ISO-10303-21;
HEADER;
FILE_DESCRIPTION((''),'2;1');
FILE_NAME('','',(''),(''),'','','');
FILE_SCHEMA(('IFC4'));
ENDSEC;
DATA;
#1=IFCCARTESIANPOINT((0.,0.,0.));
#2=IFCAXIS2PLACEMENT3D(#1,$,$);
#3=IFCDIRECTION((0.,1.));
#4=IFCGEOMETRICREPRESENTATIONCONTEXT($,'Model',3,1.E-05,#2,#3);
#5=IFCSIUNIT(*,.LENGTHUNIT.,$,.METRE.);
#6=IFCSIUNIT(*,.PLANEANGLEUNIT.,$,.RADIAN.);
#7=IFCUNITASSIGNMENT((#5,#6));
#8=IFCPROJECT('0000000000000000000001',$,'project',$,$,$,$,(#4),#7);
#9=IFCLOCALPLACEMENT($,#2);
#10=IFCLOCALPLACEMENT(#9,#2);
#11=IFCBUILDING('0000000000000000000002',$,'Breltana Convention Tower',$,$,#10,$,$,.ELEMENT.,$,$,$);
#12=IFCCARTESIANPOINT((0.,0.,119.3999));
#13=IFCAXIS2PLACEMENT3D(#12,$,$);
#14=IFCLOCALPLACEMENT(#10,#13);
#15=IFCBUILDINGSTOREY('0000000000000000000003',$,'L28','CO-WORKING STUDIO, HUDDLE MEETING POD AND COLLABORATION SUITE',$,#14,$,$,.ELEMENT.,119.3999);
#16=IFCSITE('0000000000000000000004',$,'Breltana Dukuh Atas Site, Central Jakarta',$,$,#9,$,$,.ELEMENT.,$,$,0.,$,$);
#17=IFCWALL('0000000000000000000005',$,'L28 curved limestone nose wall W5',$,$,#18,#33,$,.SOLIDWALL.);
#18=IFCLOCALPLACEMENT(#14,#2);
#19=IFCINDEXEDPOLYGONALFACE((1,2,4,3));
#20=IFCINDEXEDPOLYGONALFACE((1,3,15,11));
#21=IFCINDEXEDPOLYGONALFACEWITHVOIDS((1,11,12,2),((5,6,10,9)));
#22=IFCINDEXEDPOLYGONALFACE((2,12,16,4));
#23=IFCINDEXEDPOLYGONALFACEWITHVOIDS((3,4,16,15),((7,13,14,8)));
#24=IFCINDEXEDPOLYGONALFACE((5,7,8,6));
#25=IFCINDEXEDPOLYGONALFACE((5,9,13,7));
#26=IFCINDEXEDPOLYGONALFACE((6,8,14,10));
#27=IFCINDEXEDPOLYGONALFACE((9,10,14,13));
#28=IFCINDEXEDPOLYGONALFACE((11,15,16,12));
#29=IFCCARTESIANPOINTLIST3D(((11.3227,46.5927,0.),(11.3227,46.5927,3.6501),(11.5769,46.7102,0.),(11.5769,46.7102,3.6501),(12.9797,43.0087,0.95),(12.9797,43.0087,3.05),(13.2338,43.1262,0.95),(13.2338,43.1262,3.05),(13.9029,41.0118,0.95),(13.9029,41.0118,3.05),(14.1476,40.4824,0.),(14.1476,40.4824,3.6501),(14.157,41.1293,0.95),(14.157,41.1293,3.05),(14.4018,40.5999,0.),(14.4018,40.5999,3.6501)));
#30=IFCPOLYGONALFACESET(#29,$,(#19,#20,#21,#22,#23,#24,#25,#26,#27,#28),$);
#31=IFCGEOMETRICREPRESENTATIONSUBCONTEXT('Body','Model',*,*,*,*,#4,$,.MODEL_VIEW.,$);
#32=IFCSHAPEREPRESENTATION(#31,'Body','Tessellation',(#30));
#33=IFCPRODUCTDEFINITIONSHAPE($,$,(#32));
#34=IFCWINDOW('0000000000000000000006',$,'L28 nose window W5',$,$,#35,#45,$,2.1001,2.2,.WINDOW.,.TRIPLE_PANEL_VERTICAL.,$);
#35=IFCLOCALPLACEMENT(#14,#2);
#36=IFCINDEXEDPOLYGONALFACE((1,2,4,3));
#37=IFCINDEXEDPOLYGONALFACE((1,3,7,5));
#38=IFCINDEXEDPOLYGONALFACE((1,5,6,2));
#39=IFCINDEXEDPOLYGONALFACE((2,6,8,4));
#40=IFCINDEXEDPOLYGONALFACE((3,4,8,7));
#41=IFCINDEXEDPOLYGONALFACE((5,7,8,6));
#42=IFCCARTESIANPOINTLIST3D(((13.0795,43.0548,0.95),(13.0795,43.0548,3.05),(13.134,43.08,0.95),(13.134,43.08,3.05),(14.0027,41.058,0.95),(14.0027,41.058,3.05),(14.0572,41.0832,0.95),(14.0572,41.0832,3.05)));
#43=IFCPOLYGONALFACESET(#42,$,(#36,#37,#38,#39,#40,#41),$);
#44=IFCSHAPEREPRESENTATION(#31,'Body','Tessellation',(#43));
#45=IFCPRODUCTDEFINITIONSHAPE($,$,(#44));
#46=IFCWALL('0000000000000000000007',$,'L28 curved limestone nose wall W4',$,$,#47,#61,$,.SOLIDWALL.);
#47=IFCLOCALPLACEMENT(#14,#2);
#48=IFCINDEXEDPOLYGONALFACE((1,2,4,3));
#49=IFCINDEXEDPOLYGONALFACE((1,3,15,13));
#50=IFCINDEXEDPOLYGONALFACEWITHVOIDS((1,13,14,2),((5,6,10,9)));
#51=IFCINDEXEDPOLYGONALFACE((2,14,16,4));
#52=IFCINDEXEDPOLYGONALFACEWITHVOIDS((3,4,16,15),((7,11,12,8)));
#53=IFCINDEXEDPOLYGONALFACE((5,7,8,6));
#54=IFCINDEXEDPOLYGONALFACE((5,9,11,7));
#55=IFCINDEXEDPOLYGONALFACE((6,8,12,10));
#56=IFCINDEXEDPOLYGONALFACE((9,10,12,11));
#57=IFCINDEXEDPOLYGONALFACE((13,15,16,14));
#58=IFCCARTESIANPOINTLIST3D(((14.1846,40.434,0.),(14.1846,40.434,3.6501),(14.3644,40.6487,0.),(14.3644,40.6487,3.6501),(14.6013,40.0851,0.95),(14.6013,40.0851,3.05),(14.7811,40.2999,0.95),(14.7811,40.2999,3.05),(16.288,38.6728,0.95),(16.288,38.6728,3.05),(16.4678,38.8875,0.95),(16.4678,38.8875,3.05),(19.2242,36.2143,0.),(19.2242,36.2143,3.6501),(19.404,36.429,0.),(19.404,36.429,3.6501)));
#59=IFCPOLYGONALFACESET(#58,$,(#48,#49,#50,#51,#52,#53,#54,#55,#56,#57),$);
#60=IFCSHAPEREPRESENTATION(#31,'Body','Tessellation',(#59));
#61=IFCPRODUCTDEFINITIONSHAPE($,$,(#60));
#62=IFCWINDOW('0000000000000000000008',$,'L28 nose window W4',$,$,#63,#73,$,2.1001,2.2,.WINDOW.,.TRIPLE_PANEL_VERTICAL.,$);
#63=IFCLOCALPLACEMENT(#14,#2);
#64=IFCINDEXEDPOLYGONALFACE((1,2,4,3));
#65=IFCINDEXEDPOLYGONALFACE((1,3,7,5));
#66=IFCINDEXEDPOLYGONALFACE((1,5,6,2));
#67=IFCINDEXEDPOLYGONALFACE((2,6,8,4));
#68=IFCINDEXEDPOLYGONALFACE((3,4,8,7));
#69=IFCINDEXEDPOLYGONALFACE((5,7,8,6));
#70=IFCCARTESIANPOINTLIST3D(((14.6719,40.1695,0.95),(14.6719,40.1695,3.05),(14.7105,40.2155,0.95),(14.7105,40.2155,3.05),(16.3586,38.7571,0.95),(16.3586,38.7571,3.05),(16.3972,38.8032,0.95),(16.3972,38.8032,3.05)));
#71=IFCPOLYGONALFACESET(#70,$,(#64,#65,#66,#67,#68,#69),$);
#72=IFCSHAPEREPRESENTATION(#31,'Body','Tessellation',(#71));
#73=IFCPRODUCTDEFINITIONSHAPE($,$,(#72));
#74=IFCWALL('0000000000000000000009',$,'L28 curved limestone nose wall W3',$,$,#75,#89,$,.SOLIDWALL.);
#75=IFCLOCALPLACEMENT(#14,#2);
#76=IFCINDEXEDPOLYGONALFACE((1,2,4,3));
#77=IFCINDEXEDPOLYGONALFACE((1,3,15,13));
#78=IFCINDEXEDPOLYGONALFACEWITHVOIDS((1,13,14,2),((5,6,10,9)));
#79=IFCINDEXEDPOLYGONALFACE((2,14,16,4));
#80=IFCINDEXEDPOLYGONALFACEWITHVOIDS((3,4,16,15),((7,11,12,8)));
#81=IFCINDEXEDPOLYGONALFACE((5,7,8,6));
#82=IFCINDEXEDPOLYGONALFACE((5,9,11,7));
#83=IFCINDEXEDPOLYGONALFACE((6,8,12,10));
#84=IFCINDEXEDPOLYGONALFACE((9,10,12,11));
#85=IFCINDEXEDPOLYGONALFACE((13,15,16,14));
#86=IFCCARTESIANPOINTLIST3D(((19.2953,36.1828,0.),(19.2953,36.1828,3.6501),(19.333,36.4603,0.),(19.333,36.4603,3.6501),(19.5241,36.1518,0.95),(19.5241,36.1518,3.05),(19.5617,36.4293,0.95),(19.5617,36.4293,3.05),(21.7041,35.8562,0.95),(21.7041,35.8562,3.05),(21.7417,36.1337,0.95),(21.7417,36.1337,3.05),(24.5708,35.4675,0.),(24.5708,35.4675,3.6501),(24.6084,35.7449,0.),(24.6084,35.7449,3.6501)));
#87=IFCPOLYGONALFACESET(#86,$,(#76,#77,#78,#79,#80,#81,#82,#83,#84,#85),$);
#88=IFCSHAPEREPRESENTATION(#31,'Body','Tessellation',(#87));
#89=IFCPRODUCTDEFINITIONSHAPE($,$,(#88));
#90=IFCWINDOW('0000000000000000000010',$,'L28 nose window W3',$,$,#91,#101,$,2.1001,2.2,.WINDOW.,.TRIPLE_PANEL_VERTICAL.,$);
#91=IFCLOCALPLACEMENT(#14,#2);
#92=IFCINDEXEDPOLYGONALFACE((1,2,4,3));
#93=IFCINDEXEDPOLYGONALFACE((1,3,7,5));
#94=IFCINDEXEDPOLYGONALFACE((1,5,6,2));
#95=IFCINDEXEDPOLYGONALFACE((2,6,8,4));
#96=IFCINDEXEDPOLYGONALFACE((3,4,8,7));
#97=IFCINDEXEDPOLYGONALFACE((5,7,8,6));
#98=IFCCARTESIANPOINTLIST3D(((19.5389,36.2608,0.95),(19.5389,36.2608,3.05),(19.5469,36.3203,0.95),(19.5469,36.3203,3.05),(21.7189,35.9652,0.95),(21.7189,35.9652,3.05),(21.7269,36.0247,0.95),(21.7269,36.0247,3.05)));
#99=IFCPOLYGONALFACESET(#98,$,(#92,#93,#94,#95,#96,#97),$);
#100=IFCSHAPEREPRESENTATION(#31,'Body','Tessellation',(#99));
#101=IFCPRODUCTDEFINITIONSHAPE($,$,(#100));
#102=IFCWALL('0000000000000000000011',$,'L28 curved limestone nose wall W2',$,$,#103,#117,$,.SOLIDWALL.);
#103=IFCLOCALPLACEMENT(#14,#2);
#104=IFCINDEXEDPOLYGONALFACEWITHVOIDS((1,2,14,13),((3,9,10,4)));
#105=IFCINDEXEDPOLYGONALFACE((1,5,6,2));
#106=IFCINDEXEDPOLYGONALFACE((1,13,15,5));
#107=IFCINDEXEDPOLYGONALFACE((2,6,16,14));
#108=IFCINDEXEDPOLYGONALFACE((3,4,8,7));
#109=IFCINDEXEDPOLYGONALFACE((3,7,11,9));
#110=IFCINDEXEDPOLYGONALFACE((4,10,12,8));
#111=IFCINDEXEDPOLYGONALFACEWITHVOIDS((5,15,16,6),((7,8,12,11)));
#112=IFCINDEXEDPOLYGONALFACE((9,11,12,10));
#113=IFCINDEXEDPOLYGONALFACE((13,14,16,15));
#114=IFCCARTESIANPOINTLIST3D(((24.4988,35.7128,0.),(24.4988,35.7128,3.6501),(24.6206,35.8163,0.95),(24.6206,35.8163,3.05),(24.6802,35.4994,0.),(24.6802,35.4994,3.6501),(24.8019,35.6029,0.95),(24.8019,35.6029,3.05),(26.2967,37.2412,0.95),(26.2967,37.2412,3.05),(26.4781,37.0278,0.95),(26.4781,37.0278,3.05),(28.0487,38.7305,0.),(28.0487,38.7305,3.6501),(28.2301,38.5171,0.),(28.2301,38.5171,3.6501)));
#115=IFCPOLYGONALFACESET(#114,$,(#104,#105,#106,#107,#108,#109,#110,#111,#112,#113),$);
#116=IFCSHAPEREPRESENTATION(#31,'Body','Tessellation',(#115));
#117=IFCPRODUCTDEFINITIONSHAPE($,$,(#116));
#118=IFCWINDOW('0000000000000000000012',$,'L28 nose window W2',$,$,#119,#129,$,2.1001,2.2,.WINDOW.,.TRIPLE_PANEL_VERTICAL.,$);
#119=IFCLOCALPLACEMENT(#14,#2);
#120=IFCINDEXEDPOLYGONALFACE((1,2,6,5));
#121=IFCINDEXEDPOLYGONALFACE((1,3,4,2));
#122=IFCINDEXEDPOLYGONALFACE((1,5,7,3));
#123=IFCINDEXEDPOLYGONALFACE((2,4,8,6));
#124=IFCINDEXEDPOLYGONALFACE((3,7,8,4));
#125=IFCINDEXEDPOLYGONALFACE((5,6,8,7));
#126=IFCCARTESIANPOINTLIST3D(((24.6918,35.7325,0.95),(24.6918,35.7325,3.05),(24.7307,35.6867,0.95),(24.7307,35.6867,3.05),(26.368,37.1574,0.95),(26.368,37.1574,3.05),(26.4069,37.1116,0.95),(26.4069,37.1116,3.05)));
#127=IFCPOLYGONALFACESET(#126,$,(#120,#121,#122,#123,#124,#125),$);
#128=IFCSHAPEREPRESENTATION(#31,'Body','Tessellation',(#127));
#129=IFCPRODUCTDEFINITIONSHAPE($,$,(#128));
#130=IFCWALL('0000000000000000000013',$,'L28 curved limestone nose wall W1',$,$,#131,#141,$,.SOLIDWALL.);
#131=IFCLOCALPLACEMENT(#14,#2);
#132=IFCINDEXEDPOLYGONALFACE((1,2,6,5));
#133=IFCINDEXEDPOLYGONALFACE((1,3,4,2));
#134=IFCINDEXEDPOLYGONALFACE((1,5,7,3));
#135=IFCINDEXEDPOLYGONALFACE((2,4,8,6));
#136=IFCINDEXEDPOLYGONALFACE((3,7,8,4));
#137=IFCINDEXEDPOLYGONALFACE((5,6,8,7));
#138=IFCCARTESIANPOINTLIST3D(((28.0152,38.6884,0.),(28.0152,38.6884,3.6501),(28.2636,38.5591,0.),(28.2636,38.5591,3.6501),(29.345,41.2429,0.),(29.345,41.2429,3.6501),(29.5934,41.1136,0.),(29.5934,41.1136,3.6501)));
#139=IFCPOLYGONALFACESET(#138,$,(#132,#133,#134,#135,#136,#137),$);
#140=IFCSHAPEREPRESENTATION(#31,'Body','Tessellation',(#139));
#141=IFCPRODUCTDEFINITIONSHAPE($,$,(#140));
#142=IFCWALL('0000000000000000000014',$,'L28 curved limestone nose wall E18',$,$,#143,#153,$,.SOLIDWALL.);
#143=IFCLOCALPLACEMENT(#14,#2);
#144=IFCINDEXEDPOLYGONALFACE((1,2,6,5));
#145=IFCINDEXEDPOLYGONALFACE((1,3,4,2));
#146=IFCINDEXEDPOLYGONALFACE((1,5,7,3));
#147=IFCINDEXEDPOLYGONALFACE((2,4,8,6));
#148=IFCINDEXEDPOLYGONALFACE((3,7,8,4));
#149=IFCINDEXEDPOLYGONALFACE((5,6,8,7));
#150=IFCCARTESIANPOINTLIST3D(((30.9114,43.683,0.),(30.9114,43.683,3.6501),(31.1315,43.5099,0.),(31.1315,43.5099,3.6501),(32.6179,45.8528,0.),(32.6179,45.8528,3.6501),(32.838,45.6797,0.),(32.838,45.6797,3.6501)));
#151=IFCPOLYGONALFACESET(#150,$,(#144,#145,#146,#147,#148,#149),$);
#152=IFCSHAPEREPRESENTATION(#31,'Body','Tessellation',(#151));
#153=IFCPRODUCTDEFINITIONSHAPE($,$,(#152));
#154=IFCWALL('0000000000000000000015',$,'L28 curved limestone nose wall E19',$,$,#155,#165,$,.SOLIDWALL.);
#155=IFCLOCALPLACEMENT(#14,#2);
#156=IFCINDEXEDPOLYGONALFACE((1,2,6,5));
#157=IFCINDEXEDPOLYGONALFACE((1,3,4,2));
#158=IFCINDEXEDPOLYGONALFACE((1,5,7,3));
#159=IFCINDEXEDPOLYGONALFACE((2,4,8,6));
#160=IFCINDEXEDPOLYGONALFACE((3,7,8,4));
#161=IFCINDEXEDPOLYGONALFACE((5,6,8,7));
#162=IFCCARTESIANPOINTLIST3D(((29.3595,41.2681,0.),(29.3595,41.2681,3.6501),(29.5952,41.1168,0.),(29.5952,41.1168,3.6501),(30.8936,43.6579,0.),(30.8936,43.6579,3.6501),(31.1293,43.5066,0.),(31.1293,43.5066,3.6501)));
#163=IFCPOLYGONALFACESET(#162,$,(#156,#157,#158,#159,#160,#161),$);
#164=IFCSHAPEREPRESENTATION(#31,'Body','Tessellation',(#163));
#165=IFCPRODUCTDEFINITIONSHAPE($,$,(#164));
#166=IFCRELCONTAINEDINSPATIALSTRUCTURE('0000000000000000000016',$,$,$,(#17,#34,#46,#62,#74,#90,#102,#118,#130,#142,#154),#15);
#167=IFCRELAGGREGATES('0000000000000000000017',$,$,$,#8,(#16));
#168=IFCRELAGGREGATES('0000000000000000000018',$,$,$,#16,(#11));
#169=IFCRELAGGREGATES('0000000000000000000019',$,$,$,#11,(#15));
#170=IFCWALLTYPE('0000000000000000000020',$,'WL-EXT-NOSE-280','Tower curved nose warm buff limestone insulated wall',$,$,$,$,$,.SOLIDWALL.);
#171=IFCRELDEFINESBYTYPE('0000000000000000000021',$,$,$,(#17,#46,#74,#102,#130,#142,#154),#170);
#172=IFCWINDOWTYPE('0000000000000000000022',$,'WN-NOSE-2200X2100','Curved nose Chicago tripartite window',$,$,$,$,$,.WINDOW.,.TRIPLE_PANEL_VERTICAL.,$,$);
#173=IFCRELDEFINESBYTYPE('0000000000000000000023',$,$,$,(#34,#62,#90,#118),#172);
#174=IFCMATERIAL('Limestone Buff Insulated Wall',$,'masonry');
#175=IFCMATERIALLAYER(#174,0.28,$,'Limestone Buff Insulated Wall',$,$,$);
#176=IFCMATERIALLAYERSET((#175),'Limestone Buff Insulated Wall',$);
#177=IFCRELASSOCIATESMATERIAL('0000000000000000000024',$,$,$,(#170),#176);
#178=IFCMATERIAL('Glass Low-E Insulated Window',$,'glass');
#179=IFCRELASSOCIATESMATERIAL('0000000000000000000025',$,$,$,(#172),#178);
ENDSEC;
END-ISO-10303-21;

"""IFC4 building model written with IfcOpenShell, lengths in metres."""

from ifc_helpers import new_model, si_unit, direction, frame, frame_2d, origin, place, context, subcontext, project, spatial, rectangle, extrude, source, transform, mapped, material, layer, layer_set, type_object, type_shapes, element, fill, save


model = new_model("IFC4")

# Units and contexts
model_context = context("Model", 3, precision=1e-05, world=origin(), true_north=direction((0.0, 1.0)))
body_context = subcontext(model_context, "Body", "Model", "MODEL_VIEW")
ifc_project = project(units=[si_unit("LENGTHUNIT", "METRE"), si_unit("PLANEANGLEUNIT", "RADIAN")], contexts=[model_context])

# Site, building, storey
site_placement = place(None, origin())
site = spatial("IfcSite", under=ifc_project, at=site_placement, Name="Breltana Dukuh Atas Site, Central Jakarta", CompositionType="ELEMENT", RefElevation=0.0)
building_placement = place(site_placement, origin())
building = spatial("IfcBuilding", under=site, at=building_placement, Name="Breltana Convention Tower", CompositionType="ELEMENT")
storey_placement = place(building_placement, frame((0.0, 0.0, 119.3999)))
storey = spatial("IfcBuildingStorey", under=building, at=storey_placement, Name="L28", Description="CO-WORKING STUDIO, HUDDLE MEETING POD AND COLLABORATION SUITE", CompositionType="ELEMENT", Elevation=119.3999)

# Walls, openings, windows
ifc_material_1 = material(Name="Limestone Buff Insulated Wall", Category="masonry")
ifc_layer_1 = layer(ifc_material_1, 0.28, Name="Limestone Buff Insulated Wall")
ifc_layer_set_1 = layer_set([ifc_layer_1], Name="Limestone Buff Insulated Wall")
wall_type_1 = type_object("IfcWallType", Name="WL-EXT-NOSE-280", Description="Tower curved nose warm buff limestone insulated wall", PredefinedType="SOLIDWALL", material=ifc_layer_set_1)
shared_shape_1 = source(origin(), body_context, "Body", "SweptSolid", [
    extrude(rectangle(XDim=6.7317, YDim=0.28, at=frame_2d((3.3657, 0.0))), origin(), (0.0, 0.0, 1.0), 3.6501),
])
wall_1_placement = place(storey_placement, frame((14.2747, 40.5413, 0.0), z_axis=(0.0, 0.0, 1.0), x_axis=(-0.419645, 0.907689, 0.0)))
wall_1 = element("IfcWall", 1, at=wall_1_placement, inside=storey, type_object=wall_type_1, Name="L28 curved limestone nose wall W5", PredefinedType="SOLIDWALL", context=body_context, shape_type="MappedRepresentation", body=[
    mapped(shared_shape_1, transform((0.0, 0.0, 0.0), scale=1.0)),
])
opening_1_placement = place(wall_1_placement, frame((0.583, 0.0, 0.95)))
opening_1 = element("IfcOpeningElement", 2, at=opening_1_placement, cuts=wall_1, PredefinedType="OPENING", context=body_context, shape_type="SweptSolid", body=[
    extrude(rectangle(XDim=2.2, YDim=2.1001, at=frame_2d((1.1001, 1.05))), frame((0.0, 0.1499, 0.0), z_axis=(0.0, -1.0, 0.0), x_axis=(1.0, 0.0, 0.0)), (0.0, 0.0, 1.0), 0.3),
])
ifc_material_2 = material(Name="Glass Low-E Insulated Window", Category="glass")
window_type = type_object("IfcWindowType", Name="WN-NOSE-2200X2100", Description="Curved nose Chicago tripartite window", PartitioningType="TRIPLE_PANEL_VERTICAL", PredefinedType="WINDOW", material=ifc_material_2)
shared_shape_2 = source(origin(), body_context, "Body", "SweptSolid", [
    extrude(rectangle(XDim=2.2, YDim=2.1001, at=frame_2d((1.1001, 1.05))), frame((0.0, 0.03, 0.0), z_axis=(0.0, -1.0, 0.0), x_axis=(1.0, 0.0, 0.0)), (0.0, 0.0, 1.0), 0.0601),
])
type_shapes(window_type, [shared_shape_2])
window_1_placement = place(opening_1_placement, origin())
window_1 = element("IfcWindow", 3, at=window_1_placement, inside=storey, type_object=window_type, Name="L28 nose window W5", OverallHeight=2.1001, OverallWidth=2.2, PartitioningType="TRIPLE_PANEL_VERTICAL", PredefinedType="WINDOW", context=body_context, shape_type="MappedRepresentation", body=[
    mapped(shared_shape_2, transform((0.0, 0.0, 0.0), scale=1.0)),
])
fill(opening_1, window_1)
shared_shape_3 = source(origin(), body_context, "Body", "SweptSolid", [
    extrude(rectangle(XDim=6.573, YDim=0.28, at=frame_2d((3.2866, 0.0))), origin(), (0.0, 0.0, 1.0), 3.6501),
])
wall_2_placement = place(storey_placement, frame((19.3142, 36.3215, 0.0), z_axis=(0.0, 0.0, 1.0), x_axis=(-0.766715, 0.641987, 0.0)))
wall_2 = element("IfcWall", 4, at=wall_2_placement, inside=storey, type_object=wall_type_1, Name="L28 curved limestone nose wall W4", PredefinedType="SOLIDWALL", context=body_context, shape_type="MappedRepresentation", body=[
    mapped(shared_shape_3, transform((0.0, 0.0, 0.0), scale=1.0)),
])
opening_2_placement = place(wall_2_placement, frame((3.8296, 0.0, 0.95)))
opening_2 = element("IfcOpeningElement", 5, at=opening_2_placement, cuts=wall_2, PredefinedType="OPENING", context=body_context, shape_type="SweptSolid", body=[
    extrude(rectangle(XDim=2.2, YDim=2.1001, at=frame_2d((1.1001, 1.05))), frame((0.0, 0.1499, 0.0), z_axis=(0.0, -1.0, 0.0), x_axis=(1.0, 0.0, 0.0)), (0.0, 0.0, 1.0), 0.3),
])
window_2_placement = place(opening_2_placement, origin())
window_2 = element("IfcWindow", 6, at=window_2_placement, inside=storey, type_object=window_type, Name="L28 nose window W4", OverallHeight=2.1001, OverallWidth=2.2, PartitioningType="TRIPLE_PANEL_VERTICAL", PredefinedType="WINDOW", context=body_context, shape_type="MappedRepresentation", body=[
    mapped(shared_shape_2, transform((0.0, 0.0, 0.0), scale=1.0)),
])
fill(opening_2, window_2)
shared_shape_4 = source(origin(), body_context, "Body", "SweptSolid", [
    extrude(rectangle(XDim=5.3237, YDim=0.28, at=frame_2d((2.6619, 0.0))), origin(), (0.0, 0.0, 1.0), 3.6501),
])
wall_3_placement = place(storey_placement, frame((24.5896, 35.6062, 0.0), z_axis=(0.0, 0.0, 1.0), x_axis=(-0.990931, 0.134368, 0.0)))
wall_3 = element("IfcWall", 7, at=wall_3_placement, inside=storey, type_object=wall_type_1, Name="L28 curved limestone nose wall W3", PredefinedType="SOLIDWALL", context=body_context, shape_type="MappedRepresentation", body=[
    mapped(shared_shape_4, transform((0.0, 0.0, 0.0), scale=1.0)),
])
opening_3_placement = place(wall_3_placement, frame((2.8928, 0.0, 0.95)))
opening_3 = element("IfcOpeningElement", 8, at=opening_3_placement, cuts=wall_3, PredefinedType="OPENING", context=body_context, shape_type="SweptSolid", body=[
    extrude(rectangle(XDim=2.2, YDim=2.1001, at=frame_2d((1.1001, 1.05))), frame((0.0, 0.1499, 0.0), z_axis=(0.0, -1.0, 0.0), x_axis=(1.0, 0.0, 0.0)), (0.0, 0.0, 1.0), 0.3),
])
window_3_placement = place(opening_3_placement, origin())
window_3 = element("IfcWindow", 9, at=window_3_placement, inside=storey, type_object=window_type, Name="L28 nose window W3", OverallHeight=2.1001, OverallWidth=2.2, PartitioningType="TRIPLE_PANEL_VERTICAL", PredefinedType="WINDOW", context=body_context, shape_type="MappedRepresentation", body=[
    mapped(shared_shape_2, transform((0.0, 0.0, 0.0), scale=1.0)),
])
fill(opening_3, window_3)
shared_shape_5 = source(origin(), body_context, "Body", "SweptSolid", [
    extrude(rectangle(XDim=4.6592, YDim=0.28, at=frame_2d((2.3296, 0.0))), origin(), (0.0, 0.0, 1.0), 3.6501),
])
wall_4_placement = place(storey_placement, frame((28.1394, 38.6238, 0.0), z_axis=(0.0, 0.0, 1.0), x_axis=(-0.761913, -0.647679, 0.0)))
wall_4 = element("IfcWall", 10, at=wall_4_placement, inside=storey, type_object=wall_type_1, Name="L28 curved limestone nose wall W2", PredefinedType="SOLIDWALL", context=body_context, shape_type="MappedRepresentation", body=[
    mapped(shared_shape_5, transform((0.0, 0.0, 0.0), scale=1.0)),
])
opening_4_placement = place(wall_4_placement, frame((2.2993, 0.0, 0.95)))
opening_4 = element("IfcOpeningElement", 11, at=opening_4_placement, cuts=wall_4, PredefinedType="OPENING", context=body_context, shape_type="SweptSolid", body=[
    extrude(rectangle(XDim=2.2, YDim=2.1001, at=frame_2d((1.1001, 1.05))), frame((0.0, 0.1499, 0.0), z_axis=(0.0, -1.0, 0.0), x_axis=(1.0, 0.0, 0.0)), (0.0, 0.0, 1.0), 0.3),
])
window_4_placement = place(opening_4_placement, origin())
window_4 = element("IfcWindow", 12, at=window_4_placement, inside=storey, type_object=window_type, Name="L28 nose window W2", OverallHeight=2.1001, OverallWidth=2.2, PartitioningType="TRIPLE_PANEL_VERTICAL", PredefinedType="WINDOW", context=body_context, shape_type="MappedRepresentation", body=[
    mapped(shared_shape_2, transform((0.0, 0.0, 0.0), scale=1.0)),
])
fill(opening_4, window_4)

# Walls
shared_shape_6 = source(origin(), body_context, "Body", "SweptSolid", [
    extrude(rectangle(XDim=2.8799, YDim=0.28, at=frame_2d((1.4399, 0.0))), origin(), (0.0, 0.0, 1.0), 3.6501),
])
wall_5_placement = place(storey_placement, frame((29.4692, 41.1782, 0.0), z_axis=(0.0, 0.0, 1.0), x_axis=(-0.461769, -0.887, 0.0)))
element("IfcWall", 13, at=wall_5_placement, inside=storey, type_object=wall_type_1, Name="L28 curved limestone nose wall W1", PredefinedType="SOLIDWALL", context=body_context, shape_type="MappedRepresentation", body=[
    mapped(shared_shape_6, transform((0.0, 0.0, 0.0), scale=1.0)),
])
shared_shape_7 = source(origin(), body_context, "Body", "SweptSolid", [
    extrude(rectangle(XDim=2.7605, YDim=0.28, at=frame_2d((1.3804, 0.0))), origin(), (0.0, 0.0, 1.0), 3.6501),
])
wall_6_placement = place(storey_placement, frame((32.728, 45.7664, 0.0), z_axis=(0.0, 0.0, 1.0), x_axis=(-0.618181, -0.786036, 0.0)))
element("IfcWall", 14, at=wall_6_placement, inside=storey, type_object=wall_type_1, Name="L28 curved limestone nose wall E18", PredefinedType="SOLIDWALL", context=body_context, shape_type="MappedRepresentation", body=[
    mapped(shared_shape_7, transform((0.0, 0.0, 0.0), scale=1.0)),
])
shared_shape_8 = source(origin(), body_context, "Body", "SweptSolid", [
    extrude(rectangle(XDim=2.8398, YDim=0.28, at=frame_2d((1.4199, 0.0))), origin(), (0.0, 0.0, 1.0), 3.6501),
])
wall_7_placement = place(storey_placement, frame((31.0115, 43.5823, 0.0), z_axis=(0.0, 0.0, 1.0), x_axis=(-0.540214, -0.841527, 0.0)))
element("IfcWall", 15, at=wall_7_placement, inside=storey, type_object=wall_type_1, Name="L28 curved limestone nose wall E19", PredefinedType="SOLIDWALL", context=body_context, shape_type="MappedRepresentation", body=[
    mapped(shared_shape_8, transform((0.0, 0.0, 0.0), scale=1.0)),
])

save(model, "model.ifc")
